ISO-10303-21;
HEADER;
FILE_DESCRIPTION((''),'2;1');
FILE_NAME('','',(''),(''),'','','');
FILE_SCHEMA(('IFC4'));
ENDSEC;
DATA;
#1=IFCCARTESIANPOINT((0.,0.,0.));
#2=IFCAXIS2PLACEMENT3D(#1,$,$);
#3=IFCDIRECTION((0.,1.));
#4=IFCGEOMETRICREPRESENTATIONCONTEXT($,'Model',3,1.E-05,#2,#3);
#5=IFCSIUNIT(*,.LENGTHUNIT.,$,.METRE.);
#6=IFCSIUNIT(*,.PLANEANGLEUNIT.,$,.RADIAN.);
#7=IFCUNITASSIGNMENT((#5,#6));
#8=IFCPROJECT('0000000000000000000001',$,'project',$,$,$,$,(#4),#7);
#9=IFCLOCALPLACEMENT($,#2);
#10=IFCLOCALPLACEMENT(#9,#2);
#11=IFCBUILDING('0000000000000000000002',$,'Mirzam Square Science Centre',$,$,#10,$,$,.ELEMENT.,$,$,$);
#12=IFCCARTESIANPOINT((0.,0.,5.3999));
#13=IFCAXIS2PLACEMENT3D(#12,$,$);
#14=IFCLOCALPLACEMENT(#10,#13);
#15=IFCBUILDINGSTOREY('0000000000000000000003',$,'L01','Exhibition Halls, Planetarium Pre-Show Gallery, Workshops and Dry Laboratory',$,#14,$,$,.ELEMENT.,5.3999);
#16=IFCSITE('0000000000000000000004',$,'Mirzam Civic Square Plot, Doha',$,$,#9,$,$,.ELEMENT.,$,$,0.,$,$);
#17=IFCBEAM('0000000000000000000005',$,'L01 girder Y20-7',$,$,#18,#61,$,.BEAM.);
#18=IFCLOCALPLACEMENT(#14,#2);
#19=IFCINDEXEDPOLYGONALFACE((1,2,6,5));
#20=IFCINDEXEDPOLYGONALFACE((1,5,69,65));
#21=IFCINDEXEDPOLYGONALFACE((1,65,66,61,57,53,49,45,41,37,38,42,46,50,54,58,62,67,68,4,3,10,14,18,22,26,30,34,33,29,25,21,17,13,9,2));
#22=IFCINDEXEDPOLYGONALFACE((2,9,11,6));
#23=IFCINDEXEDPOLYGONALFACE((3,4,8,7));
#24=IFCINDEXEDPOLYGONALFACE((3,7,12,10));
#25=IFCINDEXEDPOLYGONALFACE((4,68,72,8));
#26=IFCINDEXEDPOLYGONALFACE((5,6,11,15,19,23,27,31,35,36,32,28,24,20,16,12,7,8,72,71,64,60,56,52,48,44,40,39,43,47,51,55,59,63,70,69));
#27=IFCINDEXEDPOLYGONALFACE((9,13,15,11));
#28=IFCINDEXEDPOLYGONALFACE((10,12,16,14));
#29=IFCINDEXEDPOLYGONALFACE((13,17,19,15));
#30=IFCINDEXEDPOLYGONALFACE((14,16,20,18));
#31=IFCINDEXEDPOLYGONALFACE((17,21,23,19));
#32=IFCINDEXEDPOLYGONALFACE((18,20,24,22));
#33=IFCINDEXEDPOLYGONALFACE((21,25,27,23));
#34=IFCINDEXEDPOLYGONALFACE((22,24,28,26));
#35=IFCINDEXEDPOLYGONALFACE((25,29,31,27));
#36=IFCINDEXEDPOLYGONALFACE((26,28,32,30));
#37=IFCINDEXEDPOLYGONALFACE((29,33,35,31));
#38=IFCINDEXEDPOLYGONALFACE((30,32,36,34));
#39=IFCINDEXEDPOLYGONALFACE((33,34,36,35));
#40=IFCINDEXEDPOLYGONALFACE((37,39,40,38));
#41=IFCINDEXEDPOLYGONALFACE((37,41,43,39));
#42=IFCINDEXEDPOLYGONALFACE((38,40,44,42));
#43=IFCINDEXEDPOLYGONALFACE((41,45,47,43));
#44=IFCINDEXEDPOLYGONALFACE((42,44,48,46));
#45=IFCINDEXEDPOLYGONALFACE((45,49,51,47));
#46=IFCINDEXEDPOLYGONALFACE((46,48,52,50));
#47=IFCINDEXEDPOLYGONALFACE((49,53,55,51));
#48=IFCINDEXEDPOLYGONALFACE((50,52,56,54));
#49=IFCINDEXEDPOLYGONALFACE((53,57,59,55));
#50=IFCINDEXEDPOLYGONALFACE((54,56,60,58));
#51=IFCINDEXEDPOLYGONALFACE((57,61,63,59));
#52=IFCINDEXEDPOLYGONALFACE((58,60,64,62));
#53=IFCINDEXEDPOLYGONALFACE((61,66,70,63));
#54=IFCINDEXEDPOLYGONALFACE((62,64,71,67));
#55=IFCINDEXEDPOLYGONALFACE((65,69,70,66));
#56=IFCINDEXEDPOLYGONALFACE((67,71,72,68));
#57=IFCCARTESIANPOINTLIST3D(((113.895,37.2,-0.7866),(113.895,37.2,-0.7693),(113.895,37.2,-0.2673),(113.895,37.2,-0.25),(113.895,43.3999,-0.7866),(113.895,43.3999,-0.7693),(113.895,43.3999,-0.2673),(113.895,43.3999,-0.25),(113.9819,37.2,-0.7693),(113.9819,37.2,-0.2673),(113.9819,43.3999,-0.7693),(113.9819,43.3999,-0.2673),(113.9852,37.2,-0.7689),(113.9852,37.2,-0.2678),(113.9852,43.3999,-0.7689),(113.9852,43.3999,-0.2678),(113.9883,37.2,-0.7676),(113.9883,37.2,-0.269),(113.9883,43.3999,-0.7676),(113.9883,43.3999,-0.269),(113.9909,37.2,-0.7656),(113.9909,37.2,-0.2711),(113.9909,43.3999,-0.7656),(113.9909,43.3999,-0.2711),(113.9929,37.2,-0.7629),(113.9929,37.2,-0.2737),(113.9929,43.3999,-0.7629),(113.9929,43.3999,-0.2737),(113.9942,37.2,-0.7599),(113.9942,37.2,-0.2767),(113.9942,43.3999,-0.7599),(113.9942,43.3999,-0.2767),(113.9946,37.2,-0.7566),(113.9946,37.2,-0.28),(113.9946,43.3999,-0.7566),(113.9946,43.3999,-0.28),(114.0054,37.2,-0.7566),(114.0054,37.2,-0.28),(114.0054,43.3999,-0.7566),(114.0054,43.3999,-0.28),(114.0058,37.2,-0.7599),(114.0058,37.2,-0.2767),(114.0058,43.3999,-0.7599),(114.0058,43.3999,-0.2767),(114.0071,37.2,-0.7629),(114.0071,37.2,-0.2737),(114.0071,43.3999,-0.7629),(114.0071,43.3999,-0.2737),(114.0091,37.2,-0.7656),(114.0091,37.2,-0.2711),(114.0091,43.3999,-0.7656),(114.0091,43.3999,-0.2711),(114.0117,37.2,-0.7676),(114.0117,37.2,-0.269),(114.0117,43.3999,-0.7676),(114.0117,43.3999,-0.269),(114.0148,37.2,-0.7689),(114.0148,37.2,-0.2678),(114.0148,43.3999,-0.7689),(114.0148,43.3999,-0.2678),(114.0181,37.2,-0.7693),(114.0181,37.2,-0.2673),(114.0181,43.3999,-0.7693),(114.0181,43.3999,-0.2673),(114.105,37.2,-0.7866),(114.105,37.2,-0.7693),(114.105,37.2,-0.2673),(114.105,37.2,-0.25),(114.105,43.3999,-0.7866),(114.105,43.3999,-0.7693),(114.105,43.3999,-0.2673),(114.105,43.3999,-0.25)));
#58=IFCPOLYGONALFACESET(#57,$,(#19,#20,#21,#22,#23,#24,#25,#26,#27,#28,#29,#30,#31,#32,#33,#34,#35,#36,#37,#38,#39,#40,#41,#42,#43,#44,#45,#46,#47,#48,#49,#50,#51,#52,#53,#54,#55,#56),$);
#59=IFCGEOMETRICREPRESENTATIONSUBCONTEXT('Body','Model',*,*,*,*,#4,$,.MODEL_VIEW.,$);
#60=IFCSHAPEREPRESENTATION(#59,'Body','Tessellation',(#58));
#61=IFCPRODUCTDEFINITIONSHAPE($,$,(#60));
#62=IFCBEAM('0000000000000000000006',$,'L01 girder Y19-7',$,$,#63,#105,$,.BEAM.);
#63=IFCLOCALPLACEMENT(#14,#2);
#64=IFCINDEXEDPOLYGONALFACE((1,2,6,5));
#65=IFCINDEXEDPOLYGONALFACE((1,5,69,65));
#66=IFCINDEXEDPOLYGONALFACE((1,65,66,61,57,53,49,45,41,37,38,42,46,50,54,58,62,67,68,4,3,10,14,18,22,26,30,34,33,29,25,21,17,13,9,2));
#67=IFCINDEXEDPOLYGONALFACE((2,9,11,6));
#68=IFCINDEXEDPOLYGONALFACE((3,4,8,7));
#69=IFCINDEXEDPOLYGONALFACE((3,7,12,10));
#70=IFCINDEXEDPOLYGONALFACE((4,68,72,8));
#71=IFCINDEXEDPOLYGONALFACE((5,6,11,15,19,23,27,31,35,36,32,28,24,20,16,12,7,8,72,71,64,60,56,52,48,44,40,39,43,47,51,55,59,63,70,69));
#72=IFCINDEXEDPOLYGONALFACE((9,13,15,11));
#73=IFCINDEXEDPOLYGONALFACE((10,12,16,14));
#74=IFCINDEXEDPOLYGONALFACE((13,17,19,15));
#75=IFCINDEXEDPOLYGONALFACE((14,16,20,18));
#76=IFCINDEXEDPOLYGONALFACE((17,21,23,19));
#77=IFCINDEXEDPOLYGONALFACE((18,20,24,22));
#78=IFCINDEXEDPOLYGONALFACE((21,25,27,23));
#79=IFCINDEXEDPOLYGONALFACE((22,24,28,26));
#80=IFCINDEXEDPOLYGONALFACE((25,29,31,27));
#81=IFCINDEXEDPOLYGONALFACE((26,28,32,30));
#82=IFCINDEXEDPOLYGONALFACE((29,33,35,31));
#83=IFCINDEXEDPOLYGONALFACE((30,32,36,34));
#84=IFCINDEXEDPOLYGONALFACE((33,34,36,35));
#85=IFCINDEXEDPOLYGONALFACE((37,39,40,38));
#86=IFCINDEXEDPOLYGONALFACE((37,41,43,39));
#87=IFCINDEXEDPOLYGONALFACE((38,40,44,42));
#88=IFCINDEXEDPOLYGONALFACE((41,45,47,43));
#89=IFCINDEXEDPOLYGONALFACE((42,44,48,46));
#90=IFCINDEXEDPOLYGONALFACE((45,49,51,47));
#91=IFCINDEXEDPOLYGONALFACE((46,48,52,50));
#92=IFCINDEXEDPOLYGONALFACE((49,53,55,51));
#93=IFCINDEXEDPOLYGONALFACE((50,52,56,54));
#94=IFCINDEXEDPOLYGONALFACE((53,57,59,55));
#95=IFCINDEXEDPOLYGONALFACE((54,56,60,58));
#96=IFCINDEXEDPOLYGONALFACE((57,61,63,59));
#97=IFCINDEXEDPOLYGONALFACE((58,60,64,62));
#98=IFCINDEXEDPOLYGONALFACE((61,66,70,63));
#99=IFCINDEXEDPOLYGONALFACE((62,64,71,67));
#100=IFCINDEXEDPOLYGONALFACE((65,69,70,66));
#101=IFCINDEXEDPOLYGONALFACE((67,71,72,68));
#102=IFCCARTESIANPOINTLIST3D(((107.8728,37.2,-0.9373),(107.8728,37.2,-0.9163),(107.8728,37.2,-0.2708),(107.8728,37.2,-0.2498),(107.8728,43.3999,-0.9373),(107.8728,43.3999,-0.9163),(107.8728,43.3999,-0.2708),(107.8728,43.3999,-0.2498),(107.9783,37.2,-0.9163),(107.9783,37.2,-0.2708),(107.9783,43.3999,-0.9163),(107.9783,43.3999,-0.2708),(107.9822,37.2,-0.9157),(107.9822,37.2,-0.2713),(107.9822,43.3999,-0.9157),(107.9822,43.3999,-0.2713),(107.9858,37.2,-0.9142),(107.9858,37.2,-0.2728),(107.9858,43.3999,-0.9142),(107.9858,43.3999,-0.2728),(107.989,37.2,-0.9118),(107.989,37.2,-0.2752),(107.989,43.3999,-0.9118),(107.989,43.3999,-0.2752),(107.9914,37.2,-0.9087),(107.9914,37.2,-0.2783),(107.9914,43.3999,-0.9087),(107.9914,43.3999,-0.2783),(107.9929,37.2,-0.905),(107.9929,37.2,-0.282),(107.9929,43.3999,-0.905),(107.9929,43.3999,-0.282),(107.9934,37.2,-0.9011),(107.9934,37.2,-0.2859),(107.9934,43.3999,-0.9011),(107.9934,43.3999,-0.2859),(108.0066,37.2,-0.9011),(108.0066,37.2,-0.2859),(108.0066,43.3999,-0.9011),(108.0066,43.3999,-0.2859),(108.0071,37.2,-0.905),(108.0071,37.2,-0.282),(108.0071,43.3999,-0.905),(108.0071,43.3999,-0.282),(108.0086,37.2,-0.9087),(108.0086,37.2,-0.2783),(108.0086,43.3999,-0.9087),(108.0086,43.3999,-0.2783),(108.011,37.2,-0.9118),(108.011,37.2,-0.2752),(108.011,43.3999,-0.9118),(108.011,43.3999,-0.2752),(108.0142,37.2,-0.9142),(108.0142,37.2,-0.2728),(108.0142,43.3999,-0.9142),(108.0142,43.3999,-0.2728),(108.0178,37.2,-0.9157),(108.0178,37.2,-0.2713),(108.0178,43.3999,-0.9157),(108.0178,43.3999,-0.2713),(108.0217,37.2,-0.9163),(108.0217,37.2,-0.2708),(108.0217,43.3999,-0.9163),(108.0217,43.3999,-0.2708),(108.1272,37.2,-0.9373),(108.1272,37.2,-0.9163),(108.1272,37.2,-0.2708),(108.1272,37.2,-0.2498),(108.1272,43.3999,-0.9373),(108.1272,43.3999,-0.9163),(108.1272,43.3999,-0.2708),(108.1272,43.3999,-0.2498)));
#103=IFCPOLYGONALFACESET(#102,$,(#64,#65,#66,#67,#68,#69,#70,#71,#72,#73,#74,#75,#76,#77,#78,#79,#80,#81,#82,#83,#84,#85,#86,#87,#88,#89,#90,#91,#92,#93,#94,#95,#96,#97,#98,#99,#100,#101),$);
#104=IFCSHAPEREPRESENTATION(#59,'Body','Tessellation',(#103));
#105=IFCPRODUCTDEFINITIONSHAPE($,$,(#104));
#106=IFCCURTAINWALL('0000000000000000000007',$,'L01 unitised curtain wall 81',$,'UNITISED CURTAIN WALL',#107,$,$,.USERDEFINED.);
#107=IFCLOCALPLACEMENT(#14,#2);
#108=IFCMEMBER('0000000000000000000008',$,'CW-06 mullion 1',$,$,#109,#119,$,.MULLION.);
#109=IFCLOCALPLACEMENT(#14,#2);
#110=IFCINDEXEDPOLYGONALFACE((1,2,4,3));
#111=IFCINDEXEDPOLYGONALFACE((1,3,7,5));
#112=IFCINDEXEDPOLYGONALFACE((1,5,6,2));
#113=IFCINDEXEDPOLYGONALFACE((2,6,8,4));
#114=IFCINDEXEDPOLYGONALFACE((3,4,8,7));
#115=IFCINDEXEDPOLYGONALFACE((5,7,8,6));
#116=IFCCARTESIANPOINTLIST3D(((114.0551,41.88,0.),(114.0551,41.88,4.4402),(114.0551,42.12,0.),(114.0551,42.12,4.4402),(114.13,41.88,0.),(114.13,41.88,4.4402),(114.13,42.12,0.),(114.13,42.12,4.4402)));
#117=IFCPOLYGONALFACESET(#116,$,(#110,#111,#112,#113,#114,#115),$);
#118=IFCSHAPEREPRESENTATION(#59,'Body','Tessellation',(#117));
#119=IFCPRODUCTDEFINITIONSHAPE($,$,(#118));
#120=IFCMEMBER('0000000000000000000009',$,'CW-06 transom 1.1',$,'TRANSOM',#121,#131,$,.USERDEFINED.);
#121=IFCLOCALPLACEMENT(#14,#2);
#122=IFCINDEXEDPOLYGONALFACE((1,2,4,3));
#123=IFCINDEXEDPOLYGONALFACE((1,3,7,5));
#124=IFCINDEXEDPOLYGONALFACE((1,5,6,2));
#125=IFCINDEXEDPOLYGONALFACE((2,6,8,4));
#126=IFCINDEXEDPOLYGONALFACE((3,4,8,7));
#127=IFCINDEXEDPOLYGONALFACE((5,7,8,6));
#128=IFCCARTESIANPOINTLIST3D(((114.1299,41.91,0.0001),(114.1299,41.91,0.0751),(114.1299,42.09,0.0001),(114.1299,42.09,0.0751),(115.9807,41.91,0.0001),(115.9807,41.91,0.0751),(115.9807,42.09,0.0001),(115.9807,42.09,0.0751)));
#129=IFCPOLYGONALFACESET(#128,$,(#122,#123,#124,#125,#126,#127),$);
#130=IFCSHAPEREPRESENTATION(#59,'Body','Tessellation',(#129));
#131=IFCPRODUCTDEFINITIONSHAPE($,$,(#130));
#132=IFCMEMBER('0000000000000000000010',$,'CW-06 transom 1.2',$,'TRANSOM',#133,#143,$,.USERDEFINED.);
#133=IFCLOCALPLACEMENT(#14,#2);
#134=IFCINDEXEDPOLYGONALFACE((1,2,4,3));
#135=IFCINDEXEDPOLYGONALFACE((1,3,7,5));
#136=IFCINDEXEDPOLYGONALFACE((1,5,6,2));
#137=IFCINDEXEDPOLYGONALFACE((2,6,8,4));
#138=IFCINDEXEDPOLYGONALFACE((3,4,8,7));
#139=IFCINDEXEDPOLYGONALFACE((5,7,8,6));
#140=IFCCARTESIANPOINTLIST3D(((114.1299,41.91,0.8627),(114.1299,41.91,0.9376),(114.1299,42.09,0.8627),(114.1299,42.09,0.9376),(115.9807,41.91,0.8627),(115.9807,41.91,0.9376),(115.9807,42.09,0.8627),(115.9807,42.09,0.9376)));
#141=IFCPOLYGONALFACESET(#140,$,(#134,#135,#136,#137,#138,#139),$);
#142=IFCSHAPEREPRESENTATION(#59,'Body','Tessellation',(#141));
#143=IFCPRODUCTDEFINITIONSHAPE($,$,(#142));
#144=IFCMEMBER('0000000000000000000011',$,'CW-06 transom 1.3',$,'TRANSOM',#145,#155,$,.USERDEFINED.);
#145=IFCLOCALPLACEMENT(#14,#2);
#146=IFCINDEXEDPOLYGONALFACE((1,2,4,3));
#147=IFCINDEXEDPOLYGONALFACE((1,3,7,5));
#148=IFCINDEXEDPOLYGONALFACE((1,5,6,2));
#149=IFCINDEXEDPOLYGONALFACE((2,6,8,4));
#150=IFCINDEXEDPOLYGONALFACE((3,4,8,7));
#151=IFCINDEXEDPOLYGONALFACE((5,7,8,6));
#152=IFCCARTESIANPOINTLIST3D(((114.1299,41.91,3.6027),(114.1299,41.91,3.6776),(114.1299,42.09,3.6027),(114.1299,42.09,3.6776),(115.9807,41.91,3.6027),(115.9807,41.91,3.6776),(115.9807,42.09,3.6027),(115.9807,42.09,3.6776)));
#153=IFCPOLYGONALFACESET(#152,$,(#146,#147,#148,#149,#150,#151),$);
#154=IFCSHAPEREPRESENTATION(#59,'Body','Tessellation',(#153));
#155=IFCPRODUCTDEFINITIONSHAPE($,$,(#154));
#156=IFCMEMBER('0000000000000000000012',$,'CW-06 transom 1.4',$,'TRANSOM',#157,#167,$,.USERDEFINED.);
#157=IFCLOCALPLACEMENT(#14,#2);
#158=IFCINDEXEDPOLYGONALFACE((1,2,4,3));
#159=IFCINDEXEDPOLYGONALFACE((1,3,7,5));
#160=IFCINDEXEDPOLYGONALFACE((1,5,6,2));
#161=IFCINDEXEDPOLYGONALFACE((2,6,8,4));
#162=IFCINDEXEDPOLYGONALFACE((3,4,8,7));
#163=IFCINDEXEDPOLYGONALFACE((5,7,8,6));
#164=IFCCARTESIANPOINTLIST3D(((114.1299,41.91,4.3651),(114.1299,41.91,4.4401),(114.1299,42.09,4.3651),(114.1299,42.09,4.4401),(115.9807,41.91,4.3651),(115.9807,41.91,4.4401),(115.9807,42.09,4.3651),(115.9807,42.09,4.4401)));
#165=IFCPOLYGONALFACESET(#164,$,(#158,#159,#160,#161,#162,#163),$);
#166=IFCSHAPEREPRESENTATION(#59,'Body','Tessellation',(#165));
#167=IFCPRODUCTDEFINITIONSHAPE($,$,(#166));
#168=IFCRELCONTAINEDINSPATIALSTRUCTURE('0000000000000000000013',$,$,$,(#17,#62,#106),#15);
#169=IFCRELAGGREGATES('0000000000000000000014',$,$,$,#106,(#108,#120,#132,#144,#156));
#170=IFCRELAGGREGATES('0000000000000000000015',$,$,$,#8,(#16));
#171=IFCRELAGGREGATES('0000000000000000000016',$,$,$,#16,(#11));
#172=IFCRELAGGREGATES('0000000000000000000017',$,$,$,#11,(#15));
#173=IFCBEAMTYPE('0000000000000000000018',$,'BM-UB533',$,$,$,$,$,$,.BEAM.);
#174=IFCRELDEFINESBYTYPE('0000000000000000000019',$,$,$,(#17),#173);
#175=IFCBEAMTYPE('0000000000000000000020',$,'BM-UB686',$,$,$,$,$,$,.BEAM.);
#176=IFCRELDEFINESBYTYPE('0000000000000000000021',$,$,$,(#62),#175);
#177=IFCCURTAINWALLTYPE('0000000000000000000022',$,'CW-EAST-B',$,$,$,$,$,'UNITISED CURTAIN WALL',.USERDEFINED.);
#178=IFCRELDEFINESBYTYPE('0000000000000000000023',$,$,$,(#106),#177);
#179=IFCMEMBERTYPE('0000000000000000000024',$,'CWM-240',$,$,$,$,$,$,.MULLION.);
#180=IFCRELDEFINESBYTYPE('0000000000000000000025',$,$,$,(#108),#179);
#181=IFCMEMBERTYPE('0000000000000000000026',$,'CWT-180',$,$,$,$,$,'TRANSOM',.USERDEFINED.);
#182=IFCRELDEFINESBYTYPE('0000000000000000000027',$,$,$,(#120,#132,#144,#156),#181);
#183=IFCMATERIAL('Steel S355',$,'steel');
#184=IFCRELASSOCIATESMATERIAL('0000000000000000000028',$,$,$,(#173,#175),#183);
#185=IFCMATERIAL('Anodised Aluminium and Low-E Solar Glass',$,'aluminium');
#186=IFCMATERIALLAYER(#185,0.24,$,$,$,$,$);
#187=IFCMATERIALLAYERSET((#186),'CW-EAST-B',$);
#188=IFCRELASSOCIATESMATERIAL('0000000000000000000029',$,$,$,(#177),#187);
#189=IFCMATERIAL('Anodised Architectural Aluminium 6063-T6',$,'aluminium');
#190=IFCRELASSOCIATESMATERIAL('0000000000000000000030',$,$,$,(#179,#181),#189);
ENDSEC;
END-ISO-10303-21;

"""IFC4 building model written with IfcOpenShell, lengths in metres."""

from ifc_helpers import new_model, si_unit, direction, frame, origin, origin_2d, place, context, subcontext, project, spatial, rectangle, i_section, extrude, material, layer, layer_set, material_profile, profile_set, type_object, element, aggregate, save


model = new_model("IFC4")

# Units and contexts
model_context = context("Model", 3, precision=1e-05, world=origin(), true_north=direction((0.0, 1.0)))
body_context = subcontext(model_context, "Body", "Model", "MODEL_VIEW")
ifc_project = project(units=[si_unit("LENGTHUNIT", "METRE"), si_unit("PLANEANGLEUNIT", "RADIAN")], contexts=[model_context])

# Site, building, storey
site_placement = place(None, origin())
site = spatial("IfcSite", under=ifc_project, at=site_placement, Name="Mirzam Civic Square Plot, Doha", CompositionType="ELEMENT", RefElevation=0.0)
building_placement = place(site_placement, origin())
building = spatial("IfcBuilding", under=site, at=building_placement, Name="Mirzam Square Science Centre", CompositionType="ELEMENT")
storey_placement = place(building_placement, frame((0.0, 0.0, 5.3999)))
storey = spatial("IfcBuildingStorey", under=building, at=storey_placement, Name="L01", Description="Exhibition Halls, Planetarium Pre-Show Gallery, Workshops and Dry Laboratory", CompositionType="ELEMENT", Elevation=5.3999)

# Shared definitions
ifc_material_1 = material(Name="Steel S355", Category="steel")

# Beams
ifc_material_profile_1 = material_profile(ifc_material_1, i_section(OverallWidth=0.21, OverallDepth=0.5366, WebThickness=0.0107, FlangeThickness=0.0173, FilletRadius=0.0127, at=origin_2d()), Name="533x210x101UB")
ifc_profile_set_1 = profile_set([ifc_material_profile_1], Name="Steel S355")
beam_type_1 = type_object("IfcBeamType", Name="BM-UB533", PredefinedType="BEAM", material=ifc_profile_set_1)
beam_1_placement = place(storey_placement, frame((114.0, 37.2, -0.5183), z_axis=(0.0, 1.0, 0.0), x_axis=(-1.0, 0.0, 0.0)))
element("IfcBeam", 1, at=beam_1_placement, inside=storey, type_object=beam_type_1, Name="L01 girder Y20-7", PredefinedType="BEAM", context=body_context, shape_type="SweptSolid", body=[
    extrude(i_section(OverallWidth=0.21, OverallDepth=0.5366, WebThickness=0.0107, FlangeThickness=0.0173, FilletRadius=0.0127, at=origin_2d()), origin(), (0.0, 0.0, 1.0), 6.2),
])
ifc_material_profile_2 = material_profile(ifc_material_1, i_section(OverallWidth=0.2544, OverallDepth=0.6875, WebThickness=0.0132, FlangeThickness=0.021, FilletRadius=0.0151, at=origin_2d()), Name="686x254x152UB")
ifc_profile_set_2 = profile_set([ifc_material_profile_2], Name="Steel S355")
beam_type_2 = type_object("IfcBeamType", Name="BM-UB686", PredefinedType="BEAM", material=ifc_profile_set_2)
beam_2_placement = place(storey_placement, frame((108.0, 37.2, -0.5935), z_axis=(0.0, 1.0, 0.0), x_axis=(-1.0, 0.0, 0.0)))
element("IfcBeam", 2, at=beam_2_placement, inside=storey, type_object=beam_type_2, Name="L01 girder Y19-7", PredefinedType="BEAM", context=body_context, shape_type="SweptSolid", body=[
    extrude(i_section(OverallWidth=0.2544, OverallDepth=0.6875, WebThickness=0.0132, FlangeThickness=0.021, FilletRadius=0.0151, at=origin_2d()), origin(), (0.0, 0.0, 1.0), 6.2),
])

# Curtain wall, members
ifc_material_2 = material(Name="Anodised Aluminium and Low-E Solar Glass", Category="aluminium")
ifc_layer_1 = layer(ifc_material_2, 0.24)
ifc_layer_set_1 = layer_set([ifc_layer_1], Name="CW-EAST-B")
curtain_wall_type = type_object("IfcCurtainWallType", Name="CW-EAST-B", ElementType="UNITISED CURTAIN WALL", PredefinedType="USERDEFINED", material=ifc_layer_set_1)
curtain_wall_placement = place(storey_placement, origin())
curtain_wall = element("IfcCurtainWall", 3, at=curtain_wall_placement, inside=storey, type_object=curtain_wall_type, Name="L01 unitised curtain wall 81", ObjectType="UNITISED CURTAIN WALL", PredefinedType="USERDEFINED")
ifc_material_3 = material(Name="Anodised Architectural Aluminium 6063-T6", Category="aluminium")
ifc_material_profile_3 = material_profile(ifc_material_3, rectangle(XDim=0.075, YDim=0.24, at=origin_2d()), Name="ALU-MULL-240x75x5")
ifc_profile_set_3 = profile_set([ifc_material_profile_3], Name="Anodised Architectural Aluminium 6063-T6")
member_type_1 = type_object("IfcMemberType", Name="CWM-240", PredefinedType="MULLION", material=ifc_profile_set_3)
member_1_placement = place(storey_placement, frame((114.0925, 42.0, 0.0), z_axis=(0.0, 0.0, 1.0), x_axis=(1.0, 0.0, 0.0)))
member_1 = element("IfcMember", 4, at=member_1_placement, type_object=member_type_1, Name="CW-06 mullion 1", PredefinedType="MULLION", context=body_context, shape_type="SweptSolid", body=[
    extrude(rectangle(XDim=0.075, YDim=0.24, at=origin_2d()), origin(), (0.0, 0.0, 1.0), 4.4402),
])
ifc_material_profile_4 = material_profile(ifc_material_3, rectangle(XDim=0.1799, YDim=0.075, at=origin_2d()), Name="ALU-TRAN-180x75x5")
ifc_profile_set_4 = profile_set([ifc_material_profile_4], Name="Anodised Architectural Aluminium 6063-T6")
member_type_2 = type_object("IfcMemberType", Name="CWT-180", ElementType="TRANSOM", PredefinedType="USERDEFINED", material=ifc_profile_set_4)
member_2_placement = place(storey_placement, frame((114.1299, 42.0, 0.0376), z_axis=(1.0, 0.0, 0.0), x_axis=(0.0, 1.0, 0.0)))
member_2 = element("IfcMember", 5, at=member_2_placement, type_object=member_type_2, Name="CW-06 transom 1.1", ObjectType="TRANSOM", PredefinedType="USERDEFINED", context=body_context, shape_type="SweptSolid", body=[
    extrude(rectangle(XDim=0.1799, YDim=0.075, at=origin_2d()), origin(), (0.0, 0.0, 1.0), 1.8508),
])
member_3_placement = place(storey_placement, frame((114.1299, 42.0, 0.9001), z_axis=(1.0, 0.0, 0.0), x_axis=(0.0, 1.0, 0.0)))
member_3 = element("IfcMember", 6, at=member_3_placement, type_object=member_type_2, Name="CW-06 transom 1.2", ObjectType="TRANSOM", PredefinedType="USERDEFINED", context=body_context, shape_type="SweptSolid", body=[
    extrude(rectangle(XDim=0.1799, YDim=0.075, at=origin_2d()), origin(), (0.0, 0.0, 1.0), 1.8508),
])
member_4_placement = place(storey_placement, frame((114.1299, 42.0, 3.6401), z_axis=(1.0, 0.0, 0.0), x_axis=(0.0, 1.0, 0.0)))
member_4 = element("IfcMember", 7, at=member_4_placement, type_object=member_type_2, Name="CW-06 transom 1.3", ObjectType="TRANSOM", PredefinedType="USERDEFINED", context=body_context, shape_type="SweptSolid", body=[
    extrude(rectangle(XDim=0.1799, YDim=0.075, at=origin_2d()), origin(), (0.0, 0.0, 1.0), 1.8508),
])
member_5_placement = place(storey_placement, frame((114.1299, 42.0, 4.4026), z_axis=(1.0, 0.0, 0.0), x_axis=(0.0, 1.0, 0.0)))
member_5 = element("IfcMember", 8, at=member_5_placement, type_object=member_type_2, Name="CW-06 transom 1.4", ObjectType="TRANSOM", PredefinedType="USERDEFINED", context=body_context, shape_type="SweptSolid", body=[
    extrude(rectangle(XDim=0.1799, YDim=0.075, at=origin_2d()), origin(), (0.0, 0.0, 1.0), 1.8508),
])

aggregate(curtain_wall, [member_1, member_2, member_3, member_4, member_5])

save(model, "model.ifc")
